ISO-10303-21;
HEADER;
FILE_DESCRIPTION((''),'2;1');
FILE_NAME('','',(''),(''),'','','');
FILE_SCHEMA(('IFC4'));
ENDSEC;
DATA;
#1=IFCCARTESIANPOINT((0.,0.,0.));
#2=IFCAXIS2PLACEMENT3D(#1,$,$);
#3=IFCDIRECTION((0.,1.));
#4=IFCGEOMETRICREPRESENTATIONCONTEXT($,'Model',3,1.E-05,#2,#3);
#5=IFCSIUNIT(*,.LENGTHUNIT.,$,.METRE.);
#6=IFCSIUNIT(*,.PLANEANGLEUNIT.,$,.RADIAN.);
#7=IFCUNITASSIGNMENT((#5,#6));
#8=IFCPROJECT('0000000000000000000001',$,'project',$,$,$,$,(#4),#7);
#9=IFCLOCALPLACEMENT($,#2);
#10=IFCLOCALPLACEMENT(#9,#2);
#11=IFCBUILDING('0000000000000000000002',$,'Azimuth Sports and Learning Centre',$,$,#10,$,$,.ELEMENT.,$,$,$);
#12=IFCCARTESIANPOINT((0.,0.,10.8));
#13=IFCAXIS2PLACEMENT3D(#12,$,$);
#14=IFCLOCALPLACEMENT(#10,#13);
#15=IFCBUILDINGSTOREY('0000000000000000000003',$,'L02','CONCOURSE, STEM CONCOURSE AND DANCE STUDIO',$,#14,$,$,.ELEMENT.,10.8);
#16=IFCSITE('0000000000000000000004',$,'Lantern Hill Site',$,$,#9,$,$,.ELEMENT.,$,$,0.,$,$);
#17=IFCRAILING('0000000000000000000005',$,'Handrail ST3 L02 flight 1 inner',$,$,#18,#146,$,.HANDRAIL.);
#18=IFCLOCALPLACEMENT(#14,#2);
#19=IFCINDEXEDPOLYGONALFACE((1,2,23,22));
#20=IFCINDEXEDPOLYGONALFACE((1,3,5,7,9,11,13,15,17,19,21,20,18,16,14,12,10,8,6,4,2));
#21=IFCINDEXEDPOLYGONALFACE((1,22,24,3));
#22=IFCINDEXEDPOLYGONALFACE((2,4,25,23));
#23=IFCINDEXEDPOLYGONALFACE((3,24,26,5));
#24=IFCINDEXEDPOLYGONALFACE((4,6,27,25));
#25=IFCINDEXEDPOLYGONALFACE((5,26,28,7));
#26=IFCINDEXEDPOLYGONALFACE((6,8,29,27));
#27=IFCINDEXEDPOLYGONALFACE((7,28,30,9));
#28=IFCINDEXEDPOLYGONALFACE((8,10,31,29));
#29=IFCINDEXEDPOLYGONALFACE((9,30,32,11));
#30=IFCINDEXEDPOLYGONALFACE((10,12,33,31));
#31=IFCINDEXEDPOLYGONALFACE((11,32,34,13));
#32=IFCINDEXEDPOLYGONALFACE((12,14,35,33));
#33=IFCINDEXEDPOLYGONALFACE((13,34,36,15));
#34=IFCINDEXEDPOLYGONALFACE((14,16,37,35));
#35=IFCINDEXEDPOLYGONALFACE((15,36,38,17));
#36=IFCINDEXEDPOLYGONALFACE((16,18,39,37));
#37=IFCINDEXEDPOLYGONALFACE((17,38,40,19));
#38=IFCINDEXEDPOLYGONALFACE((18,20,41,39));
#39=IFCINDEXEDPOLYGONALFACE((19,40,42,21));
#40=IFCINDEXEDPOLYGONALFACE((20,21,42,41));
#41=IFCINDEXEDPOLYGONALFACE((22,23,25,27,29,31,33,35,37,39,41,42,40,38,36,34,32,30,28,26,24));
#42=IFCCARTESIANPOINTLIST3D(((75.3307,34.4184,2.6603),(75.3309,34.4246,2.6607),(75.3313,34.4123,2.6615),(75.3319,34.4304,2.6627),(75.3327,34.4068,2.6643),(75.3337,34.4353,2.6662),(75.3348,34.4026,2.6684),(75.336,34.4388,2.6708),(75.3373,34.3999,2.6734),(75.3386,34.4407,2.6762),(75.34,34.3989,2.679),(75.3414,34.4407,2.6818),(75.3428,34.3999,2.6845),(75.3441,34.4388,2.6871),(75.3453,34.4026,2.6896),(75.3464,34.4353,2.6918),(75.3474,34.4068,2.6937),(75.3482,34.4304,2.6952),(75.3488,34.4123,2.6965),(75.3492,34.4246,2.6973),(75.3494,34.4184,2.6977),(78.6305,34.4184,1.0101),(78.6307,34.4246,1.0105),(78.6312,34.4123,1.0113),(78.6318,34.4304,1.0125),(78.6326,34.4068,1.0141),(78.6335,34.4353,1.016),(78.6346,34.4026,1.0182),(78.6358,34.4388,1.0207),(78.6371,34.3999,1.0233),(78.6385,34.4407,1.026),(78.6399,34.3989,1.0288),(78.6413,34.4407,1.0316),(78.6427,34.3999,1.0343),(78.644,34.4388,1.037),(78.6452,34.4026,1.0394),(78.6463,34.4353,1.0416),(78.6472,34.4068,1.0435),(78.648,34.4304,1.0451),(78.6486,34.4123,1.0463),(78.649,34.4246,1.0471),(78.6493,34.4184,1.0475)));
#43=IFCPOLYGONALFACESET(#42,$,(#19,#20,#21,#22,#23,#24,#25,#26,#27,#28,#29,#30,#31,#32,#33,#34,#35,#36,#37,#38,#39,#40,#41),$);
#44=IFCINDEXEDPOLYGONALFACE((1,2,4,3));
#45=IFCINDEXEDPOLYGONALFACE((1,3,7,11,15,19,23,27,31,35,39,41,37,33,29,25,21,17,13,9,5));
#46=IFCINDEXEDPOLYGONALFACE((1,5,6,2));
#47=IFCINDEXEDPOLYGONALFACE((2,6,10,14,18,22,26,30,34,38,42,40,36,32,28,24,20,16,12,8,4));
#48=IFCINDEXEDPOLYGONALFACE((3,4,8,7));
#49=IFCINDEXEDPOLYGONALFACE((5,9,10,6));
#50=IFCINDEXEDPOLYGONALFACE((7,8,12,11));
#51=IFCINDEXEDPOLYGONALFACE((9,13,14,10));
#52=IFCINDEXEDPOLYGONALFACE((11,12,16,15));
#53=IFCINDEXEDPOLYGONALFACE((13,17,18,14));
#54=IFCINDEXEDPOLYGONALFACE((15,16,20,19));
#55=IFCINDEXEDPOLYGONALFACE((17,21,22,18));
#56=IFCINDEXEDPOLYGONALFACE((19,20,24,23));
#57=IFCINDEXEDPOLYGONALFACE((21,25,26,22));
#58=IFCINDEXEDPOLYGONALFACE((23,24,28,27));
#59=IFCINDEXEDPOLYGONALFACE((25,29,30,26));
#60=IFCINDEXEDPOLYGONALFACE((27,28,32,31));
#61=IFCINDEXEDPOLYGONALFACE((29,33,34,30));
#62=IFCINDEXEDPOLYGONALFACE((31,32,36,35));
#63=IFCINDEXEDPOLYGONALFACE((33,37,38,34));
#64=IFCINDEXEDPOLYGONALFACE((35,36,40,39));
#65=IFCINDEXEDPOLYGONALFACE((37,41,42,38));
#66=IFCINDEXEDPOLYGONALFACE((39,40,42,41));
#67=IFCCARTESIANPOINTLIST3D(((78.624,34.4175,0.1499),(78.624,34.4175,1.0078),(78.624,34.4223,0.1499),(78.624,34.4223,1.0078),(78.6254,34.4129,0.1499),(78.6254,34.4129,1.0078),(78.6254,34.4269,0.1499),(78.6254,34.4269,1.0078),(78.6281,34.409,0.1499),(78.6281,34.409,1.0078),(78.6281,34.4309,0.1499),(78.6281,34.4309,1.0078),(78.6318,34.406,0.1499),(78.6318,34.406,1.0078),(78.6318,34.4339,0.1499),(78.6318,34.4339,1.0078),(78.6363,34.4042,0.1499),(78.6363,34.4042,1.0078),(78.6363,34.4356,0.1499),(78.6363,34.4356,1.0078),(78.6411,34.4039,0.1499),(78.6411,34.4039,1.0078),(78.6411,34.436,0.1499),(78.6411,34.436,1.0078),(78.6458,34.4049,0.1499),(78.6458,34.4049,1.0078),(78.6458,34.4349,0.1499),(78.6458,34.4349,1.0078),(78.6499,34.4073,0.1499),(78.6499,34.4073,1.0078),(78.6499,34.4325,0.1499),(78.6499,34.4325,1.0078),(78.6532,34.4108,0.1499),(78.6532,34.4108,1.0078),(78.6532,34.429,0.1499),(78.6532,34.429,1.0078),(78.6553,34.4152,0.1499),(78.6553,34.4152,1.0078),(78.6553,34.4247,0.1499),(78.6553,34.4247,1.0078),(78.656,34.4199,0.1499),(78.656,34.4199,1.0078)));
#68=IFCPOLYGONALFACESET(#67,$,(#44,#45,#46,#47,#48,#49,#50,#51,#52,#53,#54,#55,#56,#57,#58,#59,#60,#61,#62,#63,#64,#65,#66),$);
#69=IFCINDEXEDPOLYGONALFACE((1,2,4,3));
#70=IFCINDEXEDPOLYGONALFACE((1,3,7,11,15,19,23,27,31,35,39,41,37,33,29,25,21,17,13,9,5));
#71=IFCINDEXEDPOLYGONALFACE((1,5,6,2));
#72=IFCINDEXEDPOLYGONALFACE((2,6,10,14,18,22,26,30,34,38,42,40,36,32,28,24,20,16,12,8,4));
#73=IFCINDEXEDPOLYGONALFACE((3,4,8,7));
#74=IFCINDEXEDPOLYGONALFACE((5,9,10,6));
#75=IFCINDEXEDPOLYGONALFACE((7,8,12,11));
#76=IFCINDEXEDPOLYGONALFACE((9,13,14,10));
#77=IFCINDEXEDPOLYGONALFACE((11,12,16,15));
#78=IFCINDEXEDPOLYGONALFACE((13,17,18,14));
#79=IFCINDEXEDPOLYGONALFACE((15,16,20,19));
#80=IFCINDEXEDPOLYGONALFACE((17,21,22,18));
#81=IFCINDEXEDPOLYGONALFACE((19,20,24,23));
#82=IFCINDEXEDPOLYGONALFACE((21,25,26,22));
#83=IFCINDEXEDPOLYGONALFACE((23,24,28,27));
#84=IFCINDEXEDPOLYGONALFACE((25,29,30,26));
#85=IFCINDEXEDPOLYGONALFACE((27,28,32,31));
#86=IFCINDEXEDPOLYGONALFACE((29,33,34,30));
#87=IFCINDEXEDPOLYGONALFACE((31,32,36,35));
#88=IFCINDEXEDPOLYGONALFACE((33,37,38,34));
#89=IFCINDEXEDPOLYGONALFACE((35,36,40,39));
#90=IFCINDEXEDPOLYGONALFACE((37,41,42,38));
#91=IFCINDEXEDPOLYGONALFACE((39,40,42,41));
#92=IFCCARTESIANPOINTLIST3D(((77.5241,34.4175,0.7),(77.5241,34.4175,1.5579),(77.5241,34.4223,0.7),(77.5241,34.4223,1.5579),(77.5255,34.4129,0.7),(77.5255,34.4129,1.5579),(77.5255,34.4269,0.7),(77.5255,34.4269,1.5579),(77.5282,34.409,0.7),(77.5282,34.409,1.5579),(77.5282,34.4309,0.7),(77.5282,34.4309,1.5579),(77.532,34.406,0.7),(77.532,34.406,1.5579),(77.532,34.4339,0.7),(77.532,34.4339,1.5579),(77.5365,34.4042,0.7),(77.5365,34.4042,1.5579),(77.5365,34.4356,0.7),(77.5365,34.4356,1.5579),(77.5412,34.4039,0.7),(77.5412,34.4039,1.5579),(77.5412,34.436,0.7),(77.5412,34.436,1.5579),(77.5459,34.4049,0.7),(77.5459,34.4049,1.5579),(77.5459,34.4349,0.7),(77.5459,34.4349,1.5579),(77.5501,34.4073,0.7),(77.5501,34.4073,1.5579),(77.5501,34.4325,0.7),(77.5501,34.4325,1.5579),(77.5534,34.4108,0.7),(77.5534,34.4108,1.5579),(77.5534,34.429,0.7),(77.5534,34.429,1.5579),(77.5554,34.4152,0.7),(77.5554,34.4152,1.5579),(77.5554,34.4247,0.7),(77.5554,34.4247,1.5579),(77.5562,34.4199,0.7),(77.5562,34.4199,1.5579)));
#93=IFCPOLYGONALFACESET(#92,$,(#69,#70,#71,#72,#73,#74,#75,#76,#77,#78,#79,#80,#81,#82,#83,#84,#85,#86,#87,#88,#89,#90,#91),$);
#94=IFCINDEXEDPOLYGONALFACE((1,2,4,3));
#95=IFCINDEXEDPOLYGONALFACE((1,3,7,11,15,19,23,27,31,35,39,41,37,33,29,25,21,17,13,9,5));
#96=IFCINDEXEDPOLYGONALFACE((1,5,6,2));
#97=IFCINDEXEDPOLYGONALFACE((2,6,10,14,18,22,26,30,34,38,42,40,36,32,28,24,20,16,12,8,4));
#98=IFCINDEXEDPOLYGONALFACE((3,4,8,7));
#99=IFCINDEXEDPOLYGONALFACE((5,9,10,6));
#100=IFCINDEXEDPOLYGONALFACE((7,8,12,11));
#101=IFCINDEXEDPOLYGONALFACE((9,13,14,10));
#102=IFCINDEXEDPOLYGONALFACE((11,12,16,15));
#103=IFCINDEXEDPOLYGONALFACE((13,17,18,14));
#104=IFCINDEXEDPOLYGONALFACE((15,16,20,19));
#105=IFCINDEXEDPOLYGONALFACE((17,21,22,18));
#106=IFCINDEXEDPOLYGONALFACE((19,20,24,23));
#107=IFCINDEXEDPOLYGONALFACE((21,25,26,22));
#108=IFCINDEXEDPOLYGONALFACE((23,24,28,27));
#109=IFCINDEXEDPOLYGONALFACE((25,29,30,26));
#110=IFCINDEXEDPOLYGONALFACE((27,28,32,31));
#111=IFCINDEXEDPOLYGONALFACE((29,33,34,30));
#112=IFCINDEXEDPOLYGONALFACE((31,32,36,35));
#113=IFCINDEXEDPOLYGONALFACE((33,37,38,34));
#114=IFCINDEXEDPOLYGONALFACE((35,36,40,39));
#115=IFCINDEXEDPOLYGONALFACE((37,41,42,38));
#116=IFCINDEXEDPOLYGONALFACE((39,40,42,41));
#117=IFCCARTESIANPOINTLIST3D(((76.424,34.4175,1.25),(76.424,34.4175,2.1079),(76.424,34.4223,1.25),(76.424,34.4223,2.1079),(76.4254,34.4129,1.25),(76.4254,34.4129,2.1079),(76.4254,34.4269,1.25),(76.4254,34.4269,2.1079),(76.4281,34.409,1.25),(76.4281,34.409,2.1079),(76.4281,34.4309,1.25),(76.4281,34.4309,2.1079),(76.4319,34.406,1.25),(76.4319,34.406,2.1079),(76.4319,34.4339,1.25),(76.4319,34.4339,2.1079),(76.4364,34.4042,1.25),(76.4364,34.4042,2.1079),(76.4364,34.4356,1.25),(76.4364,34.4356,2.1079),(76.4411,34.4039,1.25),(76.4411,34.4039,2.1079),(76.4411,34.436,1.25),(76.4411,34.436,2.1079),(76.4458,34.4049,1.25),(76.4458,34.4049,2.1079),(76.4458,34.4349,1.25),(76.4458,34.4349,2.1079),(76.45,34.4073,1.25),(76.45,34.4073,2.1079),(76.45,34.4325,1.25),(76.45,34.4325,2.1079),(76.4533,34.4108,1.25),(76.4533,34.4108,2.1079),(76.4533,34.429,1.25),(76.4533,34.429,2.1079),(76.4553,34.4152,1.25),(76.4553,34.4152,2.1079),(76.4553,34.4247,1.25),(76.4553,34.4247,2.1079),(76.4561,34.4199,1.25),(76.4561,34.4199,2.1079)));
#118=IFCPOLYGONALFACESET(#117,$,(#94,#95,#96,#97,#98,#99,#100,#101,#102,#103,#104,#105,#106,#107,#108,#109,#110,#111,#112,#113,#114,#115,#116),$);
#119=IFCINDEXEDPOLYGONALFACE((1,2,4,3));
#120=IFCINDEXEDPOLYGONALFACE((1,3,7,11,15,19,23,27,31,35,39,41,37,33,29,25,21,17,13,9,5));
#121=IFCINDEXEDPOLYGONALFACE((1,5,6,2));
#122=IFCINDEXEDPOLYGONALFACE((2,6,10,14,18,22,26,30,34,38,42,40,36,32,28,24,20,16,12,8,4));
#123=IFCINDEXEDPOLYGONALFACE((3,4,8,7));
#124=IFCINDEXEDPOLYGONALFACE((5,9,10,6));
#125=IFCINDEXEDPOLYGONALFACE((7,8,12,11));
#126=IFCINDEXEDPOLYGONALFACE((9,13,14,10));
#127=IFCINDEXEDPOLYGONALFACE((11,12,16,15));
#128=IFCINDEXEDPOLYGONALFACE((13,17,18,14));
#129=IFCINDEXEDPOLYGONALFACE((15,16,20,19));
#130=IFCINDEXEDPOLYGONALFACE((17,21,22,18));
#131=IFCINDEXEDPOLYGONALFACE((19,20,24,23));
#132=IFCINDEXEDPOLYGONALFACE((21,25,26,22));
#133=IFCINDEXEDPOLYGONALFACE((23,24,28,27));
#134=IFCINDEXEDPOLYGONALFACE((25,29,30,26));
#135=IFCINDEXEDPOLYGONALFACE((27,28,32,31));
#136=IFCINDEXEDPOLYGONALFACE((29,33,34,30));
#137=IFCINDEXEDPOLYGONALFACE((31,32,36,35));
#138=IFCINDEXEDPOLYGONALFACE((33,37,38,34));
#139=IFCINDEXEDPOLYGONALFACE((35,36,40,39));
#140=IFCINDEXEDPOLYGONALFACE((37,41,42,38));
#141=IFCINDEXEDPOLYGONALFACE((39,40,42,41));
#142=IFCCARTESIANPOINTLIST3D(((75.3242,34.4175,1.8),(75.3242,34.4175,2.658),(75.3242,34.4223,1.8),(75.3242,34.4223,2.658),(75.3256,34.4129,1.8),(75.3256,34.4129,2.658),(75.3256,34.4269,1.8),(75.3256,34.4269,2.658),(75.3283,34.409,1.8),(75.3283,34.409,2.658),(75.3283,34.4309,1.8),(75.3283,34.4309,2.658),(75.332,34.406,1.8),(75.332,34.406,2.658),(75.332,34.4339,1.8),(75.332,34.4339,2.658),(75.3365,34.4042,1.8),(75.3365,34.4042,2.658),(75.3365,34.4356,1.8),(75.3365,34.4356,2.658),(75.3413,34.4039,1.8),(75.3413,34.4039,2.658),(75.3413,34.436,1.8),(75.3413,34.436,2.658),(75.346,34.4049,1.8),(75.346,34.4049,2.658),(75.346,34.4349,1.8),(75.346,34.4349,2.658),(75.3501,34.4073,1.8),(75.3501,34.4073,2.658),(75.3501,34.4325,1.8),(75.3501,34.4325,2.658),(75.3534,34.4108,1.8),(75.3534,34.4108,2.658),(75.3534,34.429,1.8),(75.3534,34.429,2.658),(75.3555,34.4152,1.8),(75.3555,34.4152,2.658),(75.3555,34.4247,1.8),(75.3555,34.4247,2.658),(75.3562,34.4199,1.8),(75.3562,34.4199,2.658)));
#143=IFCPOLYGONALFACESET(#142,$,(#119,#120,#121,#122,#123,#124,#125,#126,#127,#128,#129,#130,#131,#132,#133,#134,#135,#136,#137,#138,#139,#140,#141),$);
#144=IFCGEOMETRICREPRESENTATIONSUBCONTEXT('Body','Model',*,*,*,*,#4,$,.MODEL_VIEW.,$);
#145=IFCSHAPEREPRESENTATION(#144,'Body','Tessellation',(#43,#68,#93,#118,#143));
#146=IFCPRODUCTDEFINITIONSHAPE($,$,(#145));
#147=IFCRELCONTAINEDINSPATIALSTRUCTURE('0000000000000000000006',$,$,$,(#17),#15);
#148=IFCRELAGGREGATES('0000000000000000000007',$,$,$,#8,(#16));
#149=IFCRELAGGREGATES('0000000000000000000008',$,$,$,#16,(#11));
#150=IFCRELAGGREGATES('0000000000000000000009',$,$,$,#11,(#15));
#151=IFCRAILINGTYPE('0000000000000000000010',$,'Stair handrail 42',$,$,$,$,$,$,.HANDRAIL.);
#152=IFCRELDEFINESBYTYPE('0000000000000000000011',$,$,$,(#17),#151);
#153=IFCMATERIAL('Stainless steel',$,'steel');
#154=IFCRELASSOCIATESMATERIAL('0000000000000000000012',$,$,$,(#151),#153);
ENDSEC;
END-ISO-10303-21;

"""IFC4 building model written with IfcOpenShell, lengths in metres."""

from ifc_helpers import new_model, si_unit, direction, frame, origin, origin_2d, place, context, subcontext, project, spatial, circle, extrude, material, type_object, element, save


model = new_model("IFC4")

# Units and contexts
model_context = context("Model", 3, precision=1e-05, world=origin(), true_north=direction((0.0, 1.0)))
body_context = subcontext(model_context, "Body", "Model", "MODEL_VIEW")
ifc_project = project(units=[si_unit("LENGTHUNIT", "METRE"), si_unit("PLANEANGLEUNIT", "RADIAN")], contexts=[model_context])

# Site, building, storey
site_placement = place(None, origin())
site = spatial("IfcSite", under=ifc_project, at=site_placement, Name="Lantern Hill Site", CompositionType="ELEMENT", RefElevation=0.0)
building_placement = place(site_placement, origin())
building = spatial("IfcBuilding", under=site, at=building_placement, Name="Azimuth Sports and Learning Centre", CompositionType="ELEMENT")
storey_placement = place(building_placement, frame((0.0, 0.0, 10.8)))
storey = spatial("IfcBuildingStorey", under=building, at=storey_placement, Name="L02", Description="CONCOURSE, STEM CONCOURSE AND DANCE STUDIO", CompositionType="ELEMENT", Elevation=10.8)

# Railing
ifc_material_1 = material(Name="Stainless steel", Category="steel")
railing_type_1 = type_object("IfcRailingType", Name="Stair handrail 42", PredefinedType="HANDRAIL", material=ifc_material_1)
for number, where, name in (
    (1, (78.6399, 34.4199, 0.1499), "Handrail ST3 L02 flight 1 inner"),
):
    element("IfcRailing", number, at=place(storey_placement, frame(where)), inside=storey, type_object=railing_type_1, Name=name, PredefinedType="HANDRAIL", context=body_context, shape_type="SweptSolid", body=[
        extrude(circle(Radius=0.021, at=origin_2d()), frame((0.0, 0.0, 0.8789), z_axis=(-0.894401, 0.0, 0.447267), x_axis=(0.0, -1.0, 0.0)), (0.0, 0.0, 1.0), 3.6895),
        extrude(circle(Radius=0.0161, at=origin_2d()), origin(), (0.0, 0.0, 1.0), 0.8579),
        extrude(circle(Radius=0.0161, at=origin_2d()), frame((-1.0999, 0.0, 0.55)), (0.0, 0.0, 1.0), 0.8579),
        extrude(circle(Radius=0.0161, at=origin_2d()), frame((-2.2, 0.0, 1.1001)), (0.0, 0.0, 1.0), 0.8579),
        extrude(circle(Radius=0.0161, at=origin_2d()), frame((-3.2998, 0.0, 1.6501)), (0.0, 0.0, 1.0), 0.8579),
    ])

save(model, "model.ifc")
